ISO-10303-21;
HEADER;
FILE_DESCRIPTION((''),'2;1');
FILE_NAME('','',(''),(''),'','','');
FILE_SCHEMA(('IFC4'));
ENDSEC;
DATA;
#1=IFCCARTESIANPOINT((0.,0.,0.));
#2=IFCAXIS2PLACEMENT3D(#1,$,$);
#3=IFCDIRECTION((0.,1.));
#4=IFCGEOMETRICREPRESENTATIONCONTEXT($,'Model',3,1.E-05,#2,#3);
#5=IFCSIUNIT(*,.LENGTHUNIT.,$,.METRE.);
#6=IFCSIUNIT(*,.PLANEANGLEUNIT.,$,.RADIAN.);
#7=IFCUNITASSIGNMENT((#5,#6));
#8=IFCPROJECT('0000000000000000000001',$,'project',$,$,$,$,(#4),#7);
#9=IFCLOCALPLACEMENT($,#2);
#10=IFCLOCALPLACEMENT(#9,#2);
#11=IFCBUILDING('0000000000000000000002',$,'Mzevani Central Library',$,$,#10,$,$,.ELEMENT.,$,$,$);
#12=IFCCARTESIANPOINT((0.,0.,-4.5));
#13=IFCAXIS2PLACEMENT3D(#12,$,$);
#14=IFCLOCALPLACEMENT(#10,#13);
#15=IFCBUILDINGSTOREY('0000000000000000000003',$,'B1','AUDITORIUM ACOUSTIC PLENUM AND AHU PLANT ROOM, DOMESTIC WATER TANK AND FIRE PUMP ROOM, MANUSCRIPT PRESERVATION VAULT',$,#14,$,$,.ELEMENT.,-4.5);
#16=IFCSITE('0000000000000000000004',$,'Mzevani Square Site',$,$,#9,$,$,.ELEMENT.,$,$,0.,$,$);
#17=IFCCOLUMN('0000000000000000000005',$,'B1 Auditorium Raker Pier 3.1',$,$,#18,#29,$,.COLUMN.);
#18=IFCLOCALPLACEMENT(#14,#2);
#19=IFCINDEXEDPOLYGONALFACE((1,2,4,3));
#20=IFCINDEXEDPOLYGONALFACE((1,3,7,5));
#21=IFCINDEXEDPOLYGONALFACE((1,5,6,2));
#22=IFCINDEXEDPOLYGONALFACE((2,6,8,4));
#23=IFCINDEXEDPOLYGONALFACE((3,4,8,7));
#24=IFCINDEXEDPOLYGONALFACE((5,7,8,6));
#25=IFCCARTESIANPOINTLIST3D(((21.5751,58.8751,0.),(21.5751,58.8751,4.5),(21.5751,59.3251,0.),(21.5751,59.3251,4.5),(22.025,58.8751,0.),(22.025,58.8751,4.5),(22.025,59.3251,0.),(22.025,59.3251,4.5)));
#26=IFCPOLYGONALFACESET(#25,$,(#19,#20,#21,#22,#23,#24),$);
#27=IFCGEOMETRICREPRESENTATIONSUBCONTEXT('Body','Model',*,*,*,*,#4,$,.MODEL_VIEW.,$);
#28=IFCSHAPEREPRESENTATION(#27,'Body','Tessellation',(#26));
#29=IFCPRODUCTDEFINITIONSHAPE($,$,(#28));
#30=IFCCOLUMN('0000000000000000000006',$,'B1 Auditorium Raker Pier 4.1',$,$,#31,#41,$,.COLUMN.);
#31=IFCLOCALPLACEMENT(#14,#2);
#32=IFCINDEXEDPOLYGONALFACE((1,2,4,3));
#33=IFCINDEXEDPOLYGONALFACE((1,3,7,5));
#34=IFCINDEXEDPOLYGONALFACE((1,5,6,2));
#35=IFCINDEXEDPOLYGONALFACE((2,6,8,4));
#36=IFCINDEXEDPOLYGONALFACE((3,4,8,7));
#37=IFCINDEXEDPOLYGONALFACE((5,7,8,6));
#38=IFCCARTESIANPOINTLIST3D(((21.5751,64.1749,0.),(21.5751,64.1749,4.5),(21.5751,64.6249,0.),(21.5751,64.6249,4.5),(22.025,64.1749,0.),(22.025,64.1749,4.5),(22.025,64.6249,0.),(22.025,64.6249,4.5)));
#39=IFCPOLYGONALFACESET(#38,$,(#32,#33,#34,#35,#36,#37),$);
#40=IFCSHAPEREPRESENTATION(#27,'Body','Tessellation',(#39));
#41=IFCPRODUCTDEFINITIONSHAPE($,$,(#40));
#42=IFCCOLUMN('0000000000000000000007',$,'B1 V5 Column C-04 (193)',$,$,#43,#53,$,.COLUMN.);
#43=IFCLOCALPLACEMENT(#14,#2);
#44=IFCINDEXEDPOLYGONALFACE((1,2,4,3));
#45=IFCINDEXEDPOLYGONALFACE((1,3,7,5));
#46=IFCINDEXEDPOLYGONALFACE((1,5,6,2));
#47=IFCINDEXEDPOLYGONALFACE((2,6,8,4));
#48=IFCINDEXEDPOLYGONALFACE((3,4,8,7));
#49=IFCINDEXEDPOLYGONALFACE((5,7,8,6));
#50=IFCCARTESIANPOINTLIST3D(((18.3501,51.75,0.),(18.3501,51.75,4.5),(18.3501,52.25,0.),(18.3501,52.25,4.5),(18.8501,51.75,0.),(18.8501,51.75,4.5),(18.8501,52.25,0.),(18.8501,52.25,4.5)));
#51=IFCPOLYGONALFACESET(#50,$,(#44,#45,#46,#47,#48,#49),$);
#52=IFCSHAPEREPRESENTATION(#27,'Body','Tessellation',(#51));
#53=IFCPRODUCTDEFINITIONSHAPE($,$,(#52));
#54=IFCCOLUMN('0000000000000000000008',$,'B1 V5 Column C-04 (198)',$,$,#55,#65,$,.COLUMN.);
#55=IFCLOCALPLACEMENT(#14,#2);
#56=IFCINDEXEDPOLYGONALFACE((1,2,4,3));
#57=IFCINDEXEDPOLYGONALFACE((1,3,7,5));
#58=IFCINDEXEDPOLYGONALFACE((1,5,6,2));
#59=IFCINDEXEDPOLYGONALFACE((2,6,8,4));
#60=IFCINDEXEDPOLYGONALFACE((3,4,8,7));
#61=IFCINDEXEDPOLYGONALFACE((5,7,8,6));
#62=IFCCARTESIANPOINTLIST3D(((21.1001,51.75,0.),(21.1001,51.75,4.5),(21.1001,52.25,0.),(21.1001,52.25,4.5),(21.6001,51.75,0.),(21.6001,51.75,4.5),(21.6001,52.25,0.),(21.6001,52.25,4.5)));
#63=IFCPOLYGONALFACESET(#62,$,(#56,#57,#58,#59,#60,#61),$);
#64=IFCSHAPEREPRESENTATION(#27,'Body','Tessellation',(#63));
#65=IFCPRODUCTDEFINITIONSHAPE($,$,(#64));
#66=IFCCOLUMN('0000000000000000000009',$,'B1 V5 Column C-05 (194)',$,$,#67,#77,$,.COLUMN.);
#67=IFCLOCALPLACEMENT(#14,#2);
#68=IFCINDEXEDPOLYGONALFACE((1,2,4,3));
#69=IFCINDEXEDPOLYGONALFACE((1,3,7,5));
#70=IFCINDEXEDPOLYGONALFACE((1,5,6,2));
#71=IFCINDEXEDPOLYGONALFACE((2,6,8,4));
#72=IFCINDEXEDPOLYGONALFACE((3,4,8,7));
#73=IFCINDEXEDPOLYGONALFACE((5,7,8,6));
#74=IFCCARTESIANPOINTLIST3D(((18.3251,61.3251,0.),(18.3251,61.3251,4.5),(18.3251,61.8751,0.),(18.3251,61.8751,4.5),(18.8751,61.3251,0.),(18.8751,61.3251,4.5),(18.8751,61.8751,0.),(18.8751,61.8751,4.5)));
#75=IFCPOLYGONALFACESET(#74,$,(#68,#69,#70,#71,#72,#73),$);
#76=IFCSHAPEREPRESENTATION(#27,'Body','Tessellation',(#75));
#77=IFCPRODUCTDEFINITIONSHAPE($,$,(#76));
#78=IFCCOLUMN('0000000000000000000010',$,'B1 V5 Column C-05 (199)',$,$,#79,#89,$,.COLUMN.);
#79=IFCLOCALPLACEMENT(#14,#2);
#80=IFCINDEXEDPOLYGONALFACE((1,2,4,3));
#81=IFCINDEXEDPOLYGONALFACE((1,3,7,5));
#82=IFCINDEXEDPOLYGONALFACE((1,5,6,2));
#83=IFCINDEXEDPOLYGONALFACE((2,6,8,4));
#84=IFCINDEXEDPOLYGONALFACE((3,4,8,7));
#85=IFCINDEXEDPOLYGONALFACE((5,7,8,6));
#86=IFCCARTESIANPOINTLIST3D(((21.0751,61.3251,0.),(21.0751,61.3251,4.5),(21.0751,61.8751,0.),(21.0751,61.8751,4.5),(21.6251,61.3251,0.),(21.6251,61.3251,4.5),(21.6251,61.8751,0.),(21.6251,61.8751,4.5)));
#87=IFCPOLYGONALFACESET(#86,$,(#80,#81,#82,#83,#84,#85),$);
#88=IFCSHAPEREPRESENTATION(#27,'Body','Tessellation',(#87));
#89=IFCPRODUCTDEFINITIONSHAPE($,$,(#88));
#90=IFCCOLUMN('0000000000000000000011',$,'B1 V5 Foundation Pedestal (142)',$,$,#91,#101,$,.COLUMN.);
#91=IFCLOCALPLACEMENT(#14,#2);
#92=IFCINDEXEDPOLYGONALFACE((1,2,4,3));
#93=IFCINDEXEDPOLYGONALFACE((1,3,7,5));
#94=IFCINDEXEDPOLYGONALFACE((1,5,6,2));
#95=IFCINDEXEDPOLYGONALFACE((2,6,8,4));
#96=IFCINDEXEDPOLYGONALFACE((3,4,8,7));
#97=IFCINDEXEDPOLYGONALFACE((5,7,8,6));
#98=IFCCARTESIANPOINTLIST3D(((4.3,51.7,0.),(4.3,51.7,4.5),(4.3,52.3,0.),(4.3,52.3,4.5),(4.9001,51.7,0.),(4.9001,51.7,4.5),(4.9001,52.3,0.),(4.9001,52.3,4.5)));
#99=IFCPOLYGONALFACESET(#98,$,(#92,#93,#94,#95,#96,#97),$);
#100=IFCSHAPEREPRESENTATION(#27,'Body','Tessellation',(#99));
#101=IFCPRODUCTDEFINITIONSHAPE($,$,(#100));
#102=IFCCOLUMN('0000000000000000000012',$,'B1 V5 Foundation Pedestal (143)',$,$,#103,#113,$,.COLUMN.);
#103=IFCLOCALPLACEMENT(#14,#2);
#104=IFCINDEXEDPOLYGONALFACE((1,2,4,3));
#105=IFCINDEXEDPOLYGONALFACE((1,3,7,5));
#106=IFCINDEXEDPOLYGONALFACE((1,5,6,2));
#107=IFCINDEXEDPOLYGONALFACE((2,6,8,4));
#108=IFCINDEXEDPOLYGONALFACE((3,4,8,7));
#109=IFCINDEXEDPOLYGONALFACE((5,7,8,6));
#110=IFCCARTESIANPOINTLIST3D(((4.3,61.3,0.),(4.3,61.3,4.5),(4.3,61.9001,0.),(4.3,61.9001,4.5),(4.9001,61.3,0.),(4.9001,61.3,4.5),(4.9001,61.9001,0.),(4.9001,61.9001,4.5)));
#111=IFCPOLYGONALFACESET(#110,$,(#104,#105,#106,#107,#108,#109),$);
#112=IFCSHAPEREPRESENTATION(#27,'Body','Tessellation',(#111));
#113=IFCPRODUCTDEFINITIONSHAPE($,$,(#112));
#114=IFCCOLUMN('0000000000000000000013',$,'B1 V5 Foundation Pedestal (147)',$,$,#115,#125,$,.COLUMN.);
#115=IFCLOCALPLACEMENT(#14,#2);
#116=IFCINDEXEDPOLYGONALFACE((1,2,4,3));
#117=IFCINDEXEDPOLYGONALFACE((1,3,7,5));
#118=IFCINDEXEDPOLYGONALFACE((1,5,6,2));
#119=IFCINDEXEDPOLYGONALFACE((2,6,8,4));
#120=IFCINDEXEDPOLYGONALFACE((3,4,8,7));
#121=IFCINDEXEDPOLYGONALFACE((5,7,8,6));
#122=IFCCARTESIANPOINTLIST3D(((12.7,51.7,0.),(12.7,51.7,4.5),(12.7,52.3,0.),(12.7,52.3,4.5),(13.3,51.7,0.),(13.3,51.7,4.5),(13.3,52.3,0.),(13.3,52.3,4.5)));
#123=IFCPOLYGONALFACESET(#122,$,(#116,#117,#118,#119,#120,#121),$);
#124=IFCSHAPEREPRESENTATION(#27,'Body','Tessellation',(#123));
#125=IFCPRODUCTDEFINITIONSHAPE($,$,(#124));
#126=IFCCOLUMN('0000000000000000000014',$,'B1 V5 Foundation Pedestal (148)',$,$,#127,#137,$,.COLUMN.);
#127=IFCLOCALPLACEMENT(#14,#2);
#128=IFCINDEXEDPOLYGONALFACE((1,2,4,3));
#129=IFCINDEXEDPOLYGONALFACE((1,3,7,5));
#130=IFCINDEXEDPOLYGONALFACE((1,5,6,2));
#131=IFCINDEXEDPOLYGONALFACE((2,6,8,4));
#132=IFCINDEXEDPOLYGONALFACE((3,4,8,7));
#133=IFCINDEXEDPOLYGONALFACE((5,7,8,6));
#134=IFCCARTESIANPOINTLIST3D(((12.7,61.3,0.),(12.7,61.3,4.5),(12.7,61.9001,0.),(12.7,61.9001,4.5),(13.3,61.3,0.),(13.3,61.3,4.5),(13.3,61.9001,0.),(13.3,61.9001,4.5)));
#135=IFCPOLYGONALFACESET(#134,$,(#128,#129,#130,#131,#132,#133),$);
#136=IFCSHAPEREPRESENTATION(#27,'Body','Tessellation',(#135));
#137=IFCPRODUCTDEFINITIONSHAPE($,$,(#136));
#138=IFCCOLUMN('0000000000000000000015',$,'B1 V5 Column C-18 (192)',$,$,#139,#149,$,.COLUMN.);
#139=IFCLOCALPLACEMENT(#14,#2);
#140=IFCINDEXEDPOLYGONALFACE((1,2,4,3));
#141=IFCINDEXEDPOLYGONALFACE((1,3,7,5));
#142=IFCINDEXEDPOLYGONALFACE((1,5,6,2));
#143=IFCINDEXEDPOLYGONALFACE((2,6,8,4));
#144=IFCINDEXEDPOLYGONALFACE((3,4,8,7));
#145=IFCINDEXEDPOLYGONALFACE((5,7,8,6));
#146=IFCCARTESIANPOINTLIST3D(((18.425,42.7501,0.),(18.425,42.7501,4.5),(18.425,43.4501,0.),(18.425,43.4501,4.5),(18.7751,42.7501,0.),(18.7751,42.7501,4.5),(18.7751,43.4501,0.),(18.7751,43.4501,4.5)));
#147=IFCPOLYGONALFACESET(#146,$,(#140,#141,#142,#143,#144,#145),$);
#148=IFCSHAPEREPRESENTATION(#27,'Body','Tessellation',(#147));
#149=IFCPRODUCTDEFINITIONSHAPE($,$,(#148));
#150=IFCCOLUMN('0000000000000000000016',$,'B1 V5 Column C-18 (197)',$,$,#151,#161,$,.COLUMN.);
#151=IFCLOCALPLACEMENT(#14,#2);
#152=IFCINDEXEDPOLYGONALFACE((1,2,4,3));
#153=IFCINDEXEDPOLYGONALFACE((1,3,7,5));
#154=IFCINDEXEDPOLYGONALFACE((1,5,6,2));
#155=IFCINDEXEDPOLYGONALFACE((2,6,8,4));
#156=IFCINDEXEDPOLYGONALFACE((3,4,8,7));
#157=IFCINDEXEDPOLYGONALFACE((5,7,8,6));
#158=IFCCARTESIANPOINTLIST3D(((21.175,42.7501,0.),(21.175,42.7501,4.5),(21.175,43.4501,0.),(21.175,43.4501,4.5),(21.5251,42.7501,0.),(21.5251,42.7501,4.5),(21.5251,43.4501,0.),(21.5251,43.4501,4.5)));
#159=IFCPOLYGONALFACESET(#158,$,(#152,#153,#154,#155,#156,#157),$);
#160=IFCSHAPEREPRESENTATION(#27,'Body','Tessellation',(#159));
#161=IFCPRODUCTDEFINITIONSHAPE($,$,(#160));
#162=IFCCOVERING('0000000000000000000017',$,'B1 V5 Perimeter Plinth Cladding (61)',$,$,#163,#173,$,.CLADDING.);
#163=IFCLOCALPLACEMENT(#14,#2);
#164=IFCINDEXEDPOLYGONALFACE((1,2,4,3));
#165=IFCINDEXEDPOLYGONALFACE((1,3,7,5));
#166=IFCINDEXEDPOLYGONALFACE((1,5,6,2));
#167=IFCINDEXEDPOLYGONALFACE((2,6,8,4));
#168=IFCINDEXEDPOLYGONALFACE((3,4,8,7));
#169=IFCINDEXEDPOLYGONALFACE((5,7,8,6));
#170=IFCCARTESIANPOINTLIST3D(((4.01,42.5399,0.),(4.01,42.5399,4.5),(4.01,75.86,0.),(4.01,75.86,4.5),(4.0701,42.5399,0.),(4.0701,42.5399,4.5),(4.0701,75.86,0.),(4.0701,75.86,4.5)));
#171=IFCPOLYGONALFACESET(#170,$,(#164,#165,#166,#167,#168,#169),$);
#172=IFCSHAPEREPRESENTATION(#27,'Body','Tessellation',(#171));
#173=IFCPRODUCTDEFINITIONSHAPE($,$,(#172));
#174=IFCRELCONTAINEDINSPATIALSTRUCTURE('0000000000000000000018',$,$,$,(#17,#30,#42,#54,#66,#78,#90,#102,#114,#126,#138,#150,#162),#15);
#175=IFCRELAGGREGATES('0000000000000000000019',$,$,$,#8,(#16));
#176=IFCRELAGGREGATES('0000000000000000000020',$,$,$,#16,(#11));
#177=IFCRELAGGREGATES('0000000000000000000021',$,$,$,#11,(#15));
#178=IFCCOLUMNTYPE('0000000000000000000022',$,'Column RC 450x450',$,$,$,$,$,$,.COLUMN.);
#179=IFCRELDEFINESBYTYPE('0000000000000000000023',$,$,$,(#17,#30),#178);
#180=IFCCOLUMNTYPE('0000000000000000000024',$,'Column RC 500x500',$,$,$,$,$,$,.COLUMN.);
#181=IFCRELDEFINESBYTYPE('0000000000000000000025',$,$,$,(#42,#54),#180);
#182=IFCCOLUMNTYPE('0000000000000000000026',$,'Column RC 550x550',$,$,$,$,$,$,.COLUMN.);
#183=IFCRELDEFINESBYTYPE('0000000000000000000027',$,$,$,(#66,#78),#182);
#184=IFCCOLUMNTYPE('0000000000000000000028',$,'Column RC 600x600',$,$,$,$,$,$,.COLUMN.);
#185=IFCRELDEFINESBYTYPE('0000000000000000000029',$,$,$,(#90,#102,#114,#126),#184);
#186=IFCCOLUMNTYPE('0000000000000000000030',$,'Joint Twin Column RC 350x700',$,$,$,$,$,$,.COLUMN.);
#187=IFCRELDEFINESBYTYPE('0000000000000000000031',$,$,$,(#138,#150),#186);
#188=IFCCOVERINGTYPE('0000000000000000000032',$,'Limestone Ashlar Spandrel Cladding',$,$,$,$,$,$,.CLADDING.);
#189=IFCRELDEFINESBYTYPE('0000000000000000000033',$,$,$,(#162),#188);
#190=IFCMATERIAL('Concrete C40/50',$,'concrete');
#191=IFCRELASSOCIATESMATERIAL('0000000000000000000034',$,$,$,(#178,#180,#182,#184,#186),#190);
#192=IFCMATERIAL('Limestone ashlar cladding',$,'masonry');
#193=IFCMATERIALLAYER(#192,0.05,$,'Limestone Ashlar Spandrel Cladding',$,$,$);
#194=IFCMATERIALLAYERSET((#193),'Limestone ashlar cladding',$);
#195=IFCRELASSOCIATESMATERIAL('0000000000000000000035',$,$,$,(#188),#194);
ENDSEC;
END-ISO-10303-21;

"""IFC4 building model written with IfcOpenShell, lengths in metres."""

from ifc_helpers import new_model, si_unit, direction, frame, origin, origin_2d, place, context, subcontext, project, spatial, rectangle, extrude, material, layer, layer_set, material_profile, profile_set, type_object, element, save


model = new_model("IFC4")

# Units and contexts
model_context = context("Model", 3, precision=1e-05, world=origin(), true_north=direction((0.0, 1.0)))
body_context = subcontext(model_context, "Body", "Model", "MODEL_VIEW")
ifc_project = project(units=[si_unit("LENGTHUNIT", "METRE"), si_unit("PLANEANGLEUNIT", "RADIAN")], contexts=[model_context])

# Site, building, storey
site_placement = place(None, origin())
site = spatial("IfcSite", under=ifc_project, at=site_placement, Name="Mzevani Square Site", CompositionType="ELEMENT", RefElevation=0.0)
building_placement = place(site_placement, origin())
building = spatial("IfcBuilding", under=site, at=building_placement, Name="Mzevani Central Library", CompositionType="ELEMENT")
storey_placement = place(building_placement, frame((0.0, 0.0, -4.5)))
storey = spatial("IfcBuildingStorey", under=building, at=storey_placement, Name="B1", Description="AUDITORIUM ACOUSTIC PLENUM AND AHU PLANT ROOM, DOMESTIC WATER TANK AND FIRE PUMP ROOM, MANUSCRIPT PRESERVATION VAULT", CompositionType="ELEMENT", Elevation=-4.5)

# Shared definitions
ifc_material_1 = material(Name="Concrete C40/50", Category="concrete")

# Columns
ifc_material_profile_1 = material_profile(ifc_material_1, rectangle(XDim=0.45, YDim=0.45, at=origin_2d()), Name="RC 450x450")
ifc_profile_set_1 = profile_set([ifc_material_profile_1], Name="Concrete C40/50")
column_type_1 = type_object("IfcColumnType", Name="Column RC 450x450", PredefinedType="COLUMN", material=ifc_profile_set_1)
for number, where, z_axis, x_axis, name in (
    (1, (21.8, 59.1001, 0.0), (0.0, 0.0, 1.0), (1.0, 0.0, 0.0), "B1 Auditorium Raker Pier 3.1"),
    (2, (21.8, 64.3999, 0.0), (0.0, 0.0, 1.0), (1.0, 0.0, 0.0), "B1 Auditorium Raker Pier 4.1"),
):
    element("IfcColumn", number, at=place(storey_placement, frame(where, z_axis=z_axis, x_axis=x_axis)), inside=storey, type_object=column_type_1, Name=name, PredefinedType="COLUMN", context=body_context, shape_type="SweptSolid", body=[
        extrude(rectangle(XDim=0.45, YDim=0.45, at=origin_2d()), origin(), (0.0, 0.0, 1.0), 4.5),
    ])
ifc_material_profile_2 = material_profile(ifc_material_1, rectangle(XDim=0.5, YDim=0.5, at=origin_2d()), Name="RC 500x500")
ifc_profile_set_2 = profile_set([ifc_material_profile_2], Name="Concrete C40/50")
column_type_2 = type_object("IfcColumnType", Name="Column RC 500x500", PredefinedType="COLUMN", material=ifc_profile_set_2)
for number, where, z_axis, x_axis, name in (
    (3, (18.6001, 52.0, 0.0), (0.0, 0.0, 1.0), (1.0, 0.0, 0.0), "B1 V5 Column C-04 (193)"),
    (4, (21.3501, 52.0, 0.0), (0.0, 0.0, 1.0), (1.0, 0.0, 0.0), "B1 V5 Column C-04 (198)"),
):
    element("IfcColumn", number, at=place(storey_placement, frame(where, z_axis=z_axis, x_axis=x_axis)), inside=storey, type_object=column_type_2, Name=name, PredefinedType="COLUMN", context=body_context, shape_type="SweptSolid", body=[
        extrude(rectangle(XDim=0.5, YDim=0.5, at=origin_2d()), origin(), (0.0, 0.0, 1.0), 4.5),
    ])
ifc_material_profile_3 = material_profile(ifc_material_1, rectangle(XDim=0.55, YDim=0.55, at=origin_2d()), Name="RC 550x550")
ifc_profile_set_3 = profile_set([ifc_material_profile_3], Name="Concrete C40/50")
column_type_3 = type_object("IfcColumnType", Name="Column RC 550x550", PredefinedType="COLUMN", material=ifc_profile_set_3)
for number, where, z_axis, x_axis, name in (
    (5, (18.6001, 61.6001, 0.0), (0.0, 0.0, 1.0), (1.0, 0.0, 0.0), "B1 V5 Column C-05 (194)"),
    (6, (21.3501, 61.6001, 0.0), (0.0, 0.0, 1.0), (1.0, 0.0, 0.0), "B1 V5 Column C-05 (199)"),
):
    element("IfcColumn", number, at=place(storey_placement, frame(where, z_axis=z_axis, x_axis=x_axis)), inside=storey, type_object=column_type_3, Name=name, PredefinedType="COLUMN", context=body_context, shape_type="SweptSolid", body=[
        extrude(rectangle(XDim=0.55, YDim=0.55, at=origin_2d()), origin(), (0.0, 0.0, 1.0), 4.5),
    ])
ifc_material_profile_4 = material_profile(ifc_material_1, rectangle(XDim=0.6001, YDim=0.6001, at=origin_2d()), Name="RC 600x600")
ifc_profile_set_4 = profile_set([ifc_material_profile_4], Name="Concrete C40/50")
column_type_4 = type_object("IfcColumnType", Name="Column RC 600x600", PredefinedType="COLUMN", material=ifc_profile_set_4)
for number, where, z_axis, x_axis, name in (
    (7, (4.6001, 52.0, 0.0), (0.0, 0.0, 1.0), (1.0, 0.0, 0.0), "B1 V5 Foundation Pedestal (142)"),
    (8, (4.6001, 61.6001, 0.0), (0.0, 0.0, 1.0), (1.0, 0.0, 0.0), "B1 V5 Foundation Pedestal (143)"),
    (9, (13.0, 52.0, 0.0), (0.0, 0.0, 1.0), (1.0, 0.0, 0.0), "B1 V5 Foundation Pedestal (147)"),
    (10, (13.0, 61.6001, 0.0), (0.0, 0.0, 1.0), (1.0, 0.0, 0.0), "B1 V5 Foundation Pedestal (148)"),
):
    element("IfcColumn", number, at=place(storey_placement, frame(where, z_axis=z_axis, x_axis=x_axis)), inside=storey, type_object=column_type_4, Name=name, PredefinedType="COLUMN", context=body_context, shape_type="SweptSolid", body=[
        extrude(rectangle(XDim=0.6001, YDim=0.6001, at=origin_2d()), origin(), (0.0, 0.0, 1.0), 4.5),
    ])
ifc_material_profile_5 = material_profile(ifc_material_1, rectangle(XDim=0.3501, YDim=0.7, at=origin_2d()), Name="RC 350x700")
ifc_profile_set_5 = profile_set([ifc_material_profile_5], Name="Concrete C40/50")
column_type_5 = type_object("IfcColumnType", Name="Joint Twin Column RC 350x700", PredefinedType="COLUMN", material=ifc_profile_set_5)
for number, where, z_axis, x_axis, name in (
    (11, (18.6001, 43.1001, 0.0), (0.0, 0.0, 1.0), (1.0, 0.0, 0.0), "B1 V5 Column C-18 (192)"),
    (12, (21.3501, 43.1001, 0.0), (0.0, 0.0, 1.0), (1.0, 0.0, 0.0), "B1 V5 Column C-18 (197)"),
):
    element("IfcColumn", number, at=place(storey_placement, frame(where, z_axis=z_axis, x_axis=x_axis)), inside=storey, type_object=column_type_5, Name=name, PredefinedType="COLUMN", context=body_context, shape_type="SweptSolid", body=[
        extrude(rectangle(XDim=0.3501, YDim=0.7, at=origin_2d()), origin(), (0.0, 0.0, 1.0), 4.5),
    ])

# Covering
ifc_material_2 = material(Name="Limestone ashlar cladding", Category="masonry")
ifc_layer = layer(ifc_material_2, 0.05, Name="Limestone Ashlar Spandrel Cladding")
ifc_layer_set = layer_set([ifc_layer], Name="Limestone ashlar cladding")
covering_type = type_object("IfcCoveringType", Name="Limestone Ashlar Spandrel Cladding", PredefinedType="CLADDING", material=ifc_layer_set)
covering_placement = place(storey_placement, frame((4.04, 59.2, 0.0), z_axis=(0.0, 0.0, 1.0), x_axis=(0.0, 1.0, 0.0)))
element("IfcCovering", 13, at=covering_placement, inside=storey, type_object=covering_type, Name="B1 V5 Perimeter Plinth Cladding (61)", PredefinedType="CLADDING", context=body_context, shape_type="SweptSolid", body=[
    extrude(rectangle(XDim=33.3201, YDim=0.0601, at=origin_2d()), origin(), (0.0, 0.0, 1.0), 4.5),
])

save(model, "model.ifc")
